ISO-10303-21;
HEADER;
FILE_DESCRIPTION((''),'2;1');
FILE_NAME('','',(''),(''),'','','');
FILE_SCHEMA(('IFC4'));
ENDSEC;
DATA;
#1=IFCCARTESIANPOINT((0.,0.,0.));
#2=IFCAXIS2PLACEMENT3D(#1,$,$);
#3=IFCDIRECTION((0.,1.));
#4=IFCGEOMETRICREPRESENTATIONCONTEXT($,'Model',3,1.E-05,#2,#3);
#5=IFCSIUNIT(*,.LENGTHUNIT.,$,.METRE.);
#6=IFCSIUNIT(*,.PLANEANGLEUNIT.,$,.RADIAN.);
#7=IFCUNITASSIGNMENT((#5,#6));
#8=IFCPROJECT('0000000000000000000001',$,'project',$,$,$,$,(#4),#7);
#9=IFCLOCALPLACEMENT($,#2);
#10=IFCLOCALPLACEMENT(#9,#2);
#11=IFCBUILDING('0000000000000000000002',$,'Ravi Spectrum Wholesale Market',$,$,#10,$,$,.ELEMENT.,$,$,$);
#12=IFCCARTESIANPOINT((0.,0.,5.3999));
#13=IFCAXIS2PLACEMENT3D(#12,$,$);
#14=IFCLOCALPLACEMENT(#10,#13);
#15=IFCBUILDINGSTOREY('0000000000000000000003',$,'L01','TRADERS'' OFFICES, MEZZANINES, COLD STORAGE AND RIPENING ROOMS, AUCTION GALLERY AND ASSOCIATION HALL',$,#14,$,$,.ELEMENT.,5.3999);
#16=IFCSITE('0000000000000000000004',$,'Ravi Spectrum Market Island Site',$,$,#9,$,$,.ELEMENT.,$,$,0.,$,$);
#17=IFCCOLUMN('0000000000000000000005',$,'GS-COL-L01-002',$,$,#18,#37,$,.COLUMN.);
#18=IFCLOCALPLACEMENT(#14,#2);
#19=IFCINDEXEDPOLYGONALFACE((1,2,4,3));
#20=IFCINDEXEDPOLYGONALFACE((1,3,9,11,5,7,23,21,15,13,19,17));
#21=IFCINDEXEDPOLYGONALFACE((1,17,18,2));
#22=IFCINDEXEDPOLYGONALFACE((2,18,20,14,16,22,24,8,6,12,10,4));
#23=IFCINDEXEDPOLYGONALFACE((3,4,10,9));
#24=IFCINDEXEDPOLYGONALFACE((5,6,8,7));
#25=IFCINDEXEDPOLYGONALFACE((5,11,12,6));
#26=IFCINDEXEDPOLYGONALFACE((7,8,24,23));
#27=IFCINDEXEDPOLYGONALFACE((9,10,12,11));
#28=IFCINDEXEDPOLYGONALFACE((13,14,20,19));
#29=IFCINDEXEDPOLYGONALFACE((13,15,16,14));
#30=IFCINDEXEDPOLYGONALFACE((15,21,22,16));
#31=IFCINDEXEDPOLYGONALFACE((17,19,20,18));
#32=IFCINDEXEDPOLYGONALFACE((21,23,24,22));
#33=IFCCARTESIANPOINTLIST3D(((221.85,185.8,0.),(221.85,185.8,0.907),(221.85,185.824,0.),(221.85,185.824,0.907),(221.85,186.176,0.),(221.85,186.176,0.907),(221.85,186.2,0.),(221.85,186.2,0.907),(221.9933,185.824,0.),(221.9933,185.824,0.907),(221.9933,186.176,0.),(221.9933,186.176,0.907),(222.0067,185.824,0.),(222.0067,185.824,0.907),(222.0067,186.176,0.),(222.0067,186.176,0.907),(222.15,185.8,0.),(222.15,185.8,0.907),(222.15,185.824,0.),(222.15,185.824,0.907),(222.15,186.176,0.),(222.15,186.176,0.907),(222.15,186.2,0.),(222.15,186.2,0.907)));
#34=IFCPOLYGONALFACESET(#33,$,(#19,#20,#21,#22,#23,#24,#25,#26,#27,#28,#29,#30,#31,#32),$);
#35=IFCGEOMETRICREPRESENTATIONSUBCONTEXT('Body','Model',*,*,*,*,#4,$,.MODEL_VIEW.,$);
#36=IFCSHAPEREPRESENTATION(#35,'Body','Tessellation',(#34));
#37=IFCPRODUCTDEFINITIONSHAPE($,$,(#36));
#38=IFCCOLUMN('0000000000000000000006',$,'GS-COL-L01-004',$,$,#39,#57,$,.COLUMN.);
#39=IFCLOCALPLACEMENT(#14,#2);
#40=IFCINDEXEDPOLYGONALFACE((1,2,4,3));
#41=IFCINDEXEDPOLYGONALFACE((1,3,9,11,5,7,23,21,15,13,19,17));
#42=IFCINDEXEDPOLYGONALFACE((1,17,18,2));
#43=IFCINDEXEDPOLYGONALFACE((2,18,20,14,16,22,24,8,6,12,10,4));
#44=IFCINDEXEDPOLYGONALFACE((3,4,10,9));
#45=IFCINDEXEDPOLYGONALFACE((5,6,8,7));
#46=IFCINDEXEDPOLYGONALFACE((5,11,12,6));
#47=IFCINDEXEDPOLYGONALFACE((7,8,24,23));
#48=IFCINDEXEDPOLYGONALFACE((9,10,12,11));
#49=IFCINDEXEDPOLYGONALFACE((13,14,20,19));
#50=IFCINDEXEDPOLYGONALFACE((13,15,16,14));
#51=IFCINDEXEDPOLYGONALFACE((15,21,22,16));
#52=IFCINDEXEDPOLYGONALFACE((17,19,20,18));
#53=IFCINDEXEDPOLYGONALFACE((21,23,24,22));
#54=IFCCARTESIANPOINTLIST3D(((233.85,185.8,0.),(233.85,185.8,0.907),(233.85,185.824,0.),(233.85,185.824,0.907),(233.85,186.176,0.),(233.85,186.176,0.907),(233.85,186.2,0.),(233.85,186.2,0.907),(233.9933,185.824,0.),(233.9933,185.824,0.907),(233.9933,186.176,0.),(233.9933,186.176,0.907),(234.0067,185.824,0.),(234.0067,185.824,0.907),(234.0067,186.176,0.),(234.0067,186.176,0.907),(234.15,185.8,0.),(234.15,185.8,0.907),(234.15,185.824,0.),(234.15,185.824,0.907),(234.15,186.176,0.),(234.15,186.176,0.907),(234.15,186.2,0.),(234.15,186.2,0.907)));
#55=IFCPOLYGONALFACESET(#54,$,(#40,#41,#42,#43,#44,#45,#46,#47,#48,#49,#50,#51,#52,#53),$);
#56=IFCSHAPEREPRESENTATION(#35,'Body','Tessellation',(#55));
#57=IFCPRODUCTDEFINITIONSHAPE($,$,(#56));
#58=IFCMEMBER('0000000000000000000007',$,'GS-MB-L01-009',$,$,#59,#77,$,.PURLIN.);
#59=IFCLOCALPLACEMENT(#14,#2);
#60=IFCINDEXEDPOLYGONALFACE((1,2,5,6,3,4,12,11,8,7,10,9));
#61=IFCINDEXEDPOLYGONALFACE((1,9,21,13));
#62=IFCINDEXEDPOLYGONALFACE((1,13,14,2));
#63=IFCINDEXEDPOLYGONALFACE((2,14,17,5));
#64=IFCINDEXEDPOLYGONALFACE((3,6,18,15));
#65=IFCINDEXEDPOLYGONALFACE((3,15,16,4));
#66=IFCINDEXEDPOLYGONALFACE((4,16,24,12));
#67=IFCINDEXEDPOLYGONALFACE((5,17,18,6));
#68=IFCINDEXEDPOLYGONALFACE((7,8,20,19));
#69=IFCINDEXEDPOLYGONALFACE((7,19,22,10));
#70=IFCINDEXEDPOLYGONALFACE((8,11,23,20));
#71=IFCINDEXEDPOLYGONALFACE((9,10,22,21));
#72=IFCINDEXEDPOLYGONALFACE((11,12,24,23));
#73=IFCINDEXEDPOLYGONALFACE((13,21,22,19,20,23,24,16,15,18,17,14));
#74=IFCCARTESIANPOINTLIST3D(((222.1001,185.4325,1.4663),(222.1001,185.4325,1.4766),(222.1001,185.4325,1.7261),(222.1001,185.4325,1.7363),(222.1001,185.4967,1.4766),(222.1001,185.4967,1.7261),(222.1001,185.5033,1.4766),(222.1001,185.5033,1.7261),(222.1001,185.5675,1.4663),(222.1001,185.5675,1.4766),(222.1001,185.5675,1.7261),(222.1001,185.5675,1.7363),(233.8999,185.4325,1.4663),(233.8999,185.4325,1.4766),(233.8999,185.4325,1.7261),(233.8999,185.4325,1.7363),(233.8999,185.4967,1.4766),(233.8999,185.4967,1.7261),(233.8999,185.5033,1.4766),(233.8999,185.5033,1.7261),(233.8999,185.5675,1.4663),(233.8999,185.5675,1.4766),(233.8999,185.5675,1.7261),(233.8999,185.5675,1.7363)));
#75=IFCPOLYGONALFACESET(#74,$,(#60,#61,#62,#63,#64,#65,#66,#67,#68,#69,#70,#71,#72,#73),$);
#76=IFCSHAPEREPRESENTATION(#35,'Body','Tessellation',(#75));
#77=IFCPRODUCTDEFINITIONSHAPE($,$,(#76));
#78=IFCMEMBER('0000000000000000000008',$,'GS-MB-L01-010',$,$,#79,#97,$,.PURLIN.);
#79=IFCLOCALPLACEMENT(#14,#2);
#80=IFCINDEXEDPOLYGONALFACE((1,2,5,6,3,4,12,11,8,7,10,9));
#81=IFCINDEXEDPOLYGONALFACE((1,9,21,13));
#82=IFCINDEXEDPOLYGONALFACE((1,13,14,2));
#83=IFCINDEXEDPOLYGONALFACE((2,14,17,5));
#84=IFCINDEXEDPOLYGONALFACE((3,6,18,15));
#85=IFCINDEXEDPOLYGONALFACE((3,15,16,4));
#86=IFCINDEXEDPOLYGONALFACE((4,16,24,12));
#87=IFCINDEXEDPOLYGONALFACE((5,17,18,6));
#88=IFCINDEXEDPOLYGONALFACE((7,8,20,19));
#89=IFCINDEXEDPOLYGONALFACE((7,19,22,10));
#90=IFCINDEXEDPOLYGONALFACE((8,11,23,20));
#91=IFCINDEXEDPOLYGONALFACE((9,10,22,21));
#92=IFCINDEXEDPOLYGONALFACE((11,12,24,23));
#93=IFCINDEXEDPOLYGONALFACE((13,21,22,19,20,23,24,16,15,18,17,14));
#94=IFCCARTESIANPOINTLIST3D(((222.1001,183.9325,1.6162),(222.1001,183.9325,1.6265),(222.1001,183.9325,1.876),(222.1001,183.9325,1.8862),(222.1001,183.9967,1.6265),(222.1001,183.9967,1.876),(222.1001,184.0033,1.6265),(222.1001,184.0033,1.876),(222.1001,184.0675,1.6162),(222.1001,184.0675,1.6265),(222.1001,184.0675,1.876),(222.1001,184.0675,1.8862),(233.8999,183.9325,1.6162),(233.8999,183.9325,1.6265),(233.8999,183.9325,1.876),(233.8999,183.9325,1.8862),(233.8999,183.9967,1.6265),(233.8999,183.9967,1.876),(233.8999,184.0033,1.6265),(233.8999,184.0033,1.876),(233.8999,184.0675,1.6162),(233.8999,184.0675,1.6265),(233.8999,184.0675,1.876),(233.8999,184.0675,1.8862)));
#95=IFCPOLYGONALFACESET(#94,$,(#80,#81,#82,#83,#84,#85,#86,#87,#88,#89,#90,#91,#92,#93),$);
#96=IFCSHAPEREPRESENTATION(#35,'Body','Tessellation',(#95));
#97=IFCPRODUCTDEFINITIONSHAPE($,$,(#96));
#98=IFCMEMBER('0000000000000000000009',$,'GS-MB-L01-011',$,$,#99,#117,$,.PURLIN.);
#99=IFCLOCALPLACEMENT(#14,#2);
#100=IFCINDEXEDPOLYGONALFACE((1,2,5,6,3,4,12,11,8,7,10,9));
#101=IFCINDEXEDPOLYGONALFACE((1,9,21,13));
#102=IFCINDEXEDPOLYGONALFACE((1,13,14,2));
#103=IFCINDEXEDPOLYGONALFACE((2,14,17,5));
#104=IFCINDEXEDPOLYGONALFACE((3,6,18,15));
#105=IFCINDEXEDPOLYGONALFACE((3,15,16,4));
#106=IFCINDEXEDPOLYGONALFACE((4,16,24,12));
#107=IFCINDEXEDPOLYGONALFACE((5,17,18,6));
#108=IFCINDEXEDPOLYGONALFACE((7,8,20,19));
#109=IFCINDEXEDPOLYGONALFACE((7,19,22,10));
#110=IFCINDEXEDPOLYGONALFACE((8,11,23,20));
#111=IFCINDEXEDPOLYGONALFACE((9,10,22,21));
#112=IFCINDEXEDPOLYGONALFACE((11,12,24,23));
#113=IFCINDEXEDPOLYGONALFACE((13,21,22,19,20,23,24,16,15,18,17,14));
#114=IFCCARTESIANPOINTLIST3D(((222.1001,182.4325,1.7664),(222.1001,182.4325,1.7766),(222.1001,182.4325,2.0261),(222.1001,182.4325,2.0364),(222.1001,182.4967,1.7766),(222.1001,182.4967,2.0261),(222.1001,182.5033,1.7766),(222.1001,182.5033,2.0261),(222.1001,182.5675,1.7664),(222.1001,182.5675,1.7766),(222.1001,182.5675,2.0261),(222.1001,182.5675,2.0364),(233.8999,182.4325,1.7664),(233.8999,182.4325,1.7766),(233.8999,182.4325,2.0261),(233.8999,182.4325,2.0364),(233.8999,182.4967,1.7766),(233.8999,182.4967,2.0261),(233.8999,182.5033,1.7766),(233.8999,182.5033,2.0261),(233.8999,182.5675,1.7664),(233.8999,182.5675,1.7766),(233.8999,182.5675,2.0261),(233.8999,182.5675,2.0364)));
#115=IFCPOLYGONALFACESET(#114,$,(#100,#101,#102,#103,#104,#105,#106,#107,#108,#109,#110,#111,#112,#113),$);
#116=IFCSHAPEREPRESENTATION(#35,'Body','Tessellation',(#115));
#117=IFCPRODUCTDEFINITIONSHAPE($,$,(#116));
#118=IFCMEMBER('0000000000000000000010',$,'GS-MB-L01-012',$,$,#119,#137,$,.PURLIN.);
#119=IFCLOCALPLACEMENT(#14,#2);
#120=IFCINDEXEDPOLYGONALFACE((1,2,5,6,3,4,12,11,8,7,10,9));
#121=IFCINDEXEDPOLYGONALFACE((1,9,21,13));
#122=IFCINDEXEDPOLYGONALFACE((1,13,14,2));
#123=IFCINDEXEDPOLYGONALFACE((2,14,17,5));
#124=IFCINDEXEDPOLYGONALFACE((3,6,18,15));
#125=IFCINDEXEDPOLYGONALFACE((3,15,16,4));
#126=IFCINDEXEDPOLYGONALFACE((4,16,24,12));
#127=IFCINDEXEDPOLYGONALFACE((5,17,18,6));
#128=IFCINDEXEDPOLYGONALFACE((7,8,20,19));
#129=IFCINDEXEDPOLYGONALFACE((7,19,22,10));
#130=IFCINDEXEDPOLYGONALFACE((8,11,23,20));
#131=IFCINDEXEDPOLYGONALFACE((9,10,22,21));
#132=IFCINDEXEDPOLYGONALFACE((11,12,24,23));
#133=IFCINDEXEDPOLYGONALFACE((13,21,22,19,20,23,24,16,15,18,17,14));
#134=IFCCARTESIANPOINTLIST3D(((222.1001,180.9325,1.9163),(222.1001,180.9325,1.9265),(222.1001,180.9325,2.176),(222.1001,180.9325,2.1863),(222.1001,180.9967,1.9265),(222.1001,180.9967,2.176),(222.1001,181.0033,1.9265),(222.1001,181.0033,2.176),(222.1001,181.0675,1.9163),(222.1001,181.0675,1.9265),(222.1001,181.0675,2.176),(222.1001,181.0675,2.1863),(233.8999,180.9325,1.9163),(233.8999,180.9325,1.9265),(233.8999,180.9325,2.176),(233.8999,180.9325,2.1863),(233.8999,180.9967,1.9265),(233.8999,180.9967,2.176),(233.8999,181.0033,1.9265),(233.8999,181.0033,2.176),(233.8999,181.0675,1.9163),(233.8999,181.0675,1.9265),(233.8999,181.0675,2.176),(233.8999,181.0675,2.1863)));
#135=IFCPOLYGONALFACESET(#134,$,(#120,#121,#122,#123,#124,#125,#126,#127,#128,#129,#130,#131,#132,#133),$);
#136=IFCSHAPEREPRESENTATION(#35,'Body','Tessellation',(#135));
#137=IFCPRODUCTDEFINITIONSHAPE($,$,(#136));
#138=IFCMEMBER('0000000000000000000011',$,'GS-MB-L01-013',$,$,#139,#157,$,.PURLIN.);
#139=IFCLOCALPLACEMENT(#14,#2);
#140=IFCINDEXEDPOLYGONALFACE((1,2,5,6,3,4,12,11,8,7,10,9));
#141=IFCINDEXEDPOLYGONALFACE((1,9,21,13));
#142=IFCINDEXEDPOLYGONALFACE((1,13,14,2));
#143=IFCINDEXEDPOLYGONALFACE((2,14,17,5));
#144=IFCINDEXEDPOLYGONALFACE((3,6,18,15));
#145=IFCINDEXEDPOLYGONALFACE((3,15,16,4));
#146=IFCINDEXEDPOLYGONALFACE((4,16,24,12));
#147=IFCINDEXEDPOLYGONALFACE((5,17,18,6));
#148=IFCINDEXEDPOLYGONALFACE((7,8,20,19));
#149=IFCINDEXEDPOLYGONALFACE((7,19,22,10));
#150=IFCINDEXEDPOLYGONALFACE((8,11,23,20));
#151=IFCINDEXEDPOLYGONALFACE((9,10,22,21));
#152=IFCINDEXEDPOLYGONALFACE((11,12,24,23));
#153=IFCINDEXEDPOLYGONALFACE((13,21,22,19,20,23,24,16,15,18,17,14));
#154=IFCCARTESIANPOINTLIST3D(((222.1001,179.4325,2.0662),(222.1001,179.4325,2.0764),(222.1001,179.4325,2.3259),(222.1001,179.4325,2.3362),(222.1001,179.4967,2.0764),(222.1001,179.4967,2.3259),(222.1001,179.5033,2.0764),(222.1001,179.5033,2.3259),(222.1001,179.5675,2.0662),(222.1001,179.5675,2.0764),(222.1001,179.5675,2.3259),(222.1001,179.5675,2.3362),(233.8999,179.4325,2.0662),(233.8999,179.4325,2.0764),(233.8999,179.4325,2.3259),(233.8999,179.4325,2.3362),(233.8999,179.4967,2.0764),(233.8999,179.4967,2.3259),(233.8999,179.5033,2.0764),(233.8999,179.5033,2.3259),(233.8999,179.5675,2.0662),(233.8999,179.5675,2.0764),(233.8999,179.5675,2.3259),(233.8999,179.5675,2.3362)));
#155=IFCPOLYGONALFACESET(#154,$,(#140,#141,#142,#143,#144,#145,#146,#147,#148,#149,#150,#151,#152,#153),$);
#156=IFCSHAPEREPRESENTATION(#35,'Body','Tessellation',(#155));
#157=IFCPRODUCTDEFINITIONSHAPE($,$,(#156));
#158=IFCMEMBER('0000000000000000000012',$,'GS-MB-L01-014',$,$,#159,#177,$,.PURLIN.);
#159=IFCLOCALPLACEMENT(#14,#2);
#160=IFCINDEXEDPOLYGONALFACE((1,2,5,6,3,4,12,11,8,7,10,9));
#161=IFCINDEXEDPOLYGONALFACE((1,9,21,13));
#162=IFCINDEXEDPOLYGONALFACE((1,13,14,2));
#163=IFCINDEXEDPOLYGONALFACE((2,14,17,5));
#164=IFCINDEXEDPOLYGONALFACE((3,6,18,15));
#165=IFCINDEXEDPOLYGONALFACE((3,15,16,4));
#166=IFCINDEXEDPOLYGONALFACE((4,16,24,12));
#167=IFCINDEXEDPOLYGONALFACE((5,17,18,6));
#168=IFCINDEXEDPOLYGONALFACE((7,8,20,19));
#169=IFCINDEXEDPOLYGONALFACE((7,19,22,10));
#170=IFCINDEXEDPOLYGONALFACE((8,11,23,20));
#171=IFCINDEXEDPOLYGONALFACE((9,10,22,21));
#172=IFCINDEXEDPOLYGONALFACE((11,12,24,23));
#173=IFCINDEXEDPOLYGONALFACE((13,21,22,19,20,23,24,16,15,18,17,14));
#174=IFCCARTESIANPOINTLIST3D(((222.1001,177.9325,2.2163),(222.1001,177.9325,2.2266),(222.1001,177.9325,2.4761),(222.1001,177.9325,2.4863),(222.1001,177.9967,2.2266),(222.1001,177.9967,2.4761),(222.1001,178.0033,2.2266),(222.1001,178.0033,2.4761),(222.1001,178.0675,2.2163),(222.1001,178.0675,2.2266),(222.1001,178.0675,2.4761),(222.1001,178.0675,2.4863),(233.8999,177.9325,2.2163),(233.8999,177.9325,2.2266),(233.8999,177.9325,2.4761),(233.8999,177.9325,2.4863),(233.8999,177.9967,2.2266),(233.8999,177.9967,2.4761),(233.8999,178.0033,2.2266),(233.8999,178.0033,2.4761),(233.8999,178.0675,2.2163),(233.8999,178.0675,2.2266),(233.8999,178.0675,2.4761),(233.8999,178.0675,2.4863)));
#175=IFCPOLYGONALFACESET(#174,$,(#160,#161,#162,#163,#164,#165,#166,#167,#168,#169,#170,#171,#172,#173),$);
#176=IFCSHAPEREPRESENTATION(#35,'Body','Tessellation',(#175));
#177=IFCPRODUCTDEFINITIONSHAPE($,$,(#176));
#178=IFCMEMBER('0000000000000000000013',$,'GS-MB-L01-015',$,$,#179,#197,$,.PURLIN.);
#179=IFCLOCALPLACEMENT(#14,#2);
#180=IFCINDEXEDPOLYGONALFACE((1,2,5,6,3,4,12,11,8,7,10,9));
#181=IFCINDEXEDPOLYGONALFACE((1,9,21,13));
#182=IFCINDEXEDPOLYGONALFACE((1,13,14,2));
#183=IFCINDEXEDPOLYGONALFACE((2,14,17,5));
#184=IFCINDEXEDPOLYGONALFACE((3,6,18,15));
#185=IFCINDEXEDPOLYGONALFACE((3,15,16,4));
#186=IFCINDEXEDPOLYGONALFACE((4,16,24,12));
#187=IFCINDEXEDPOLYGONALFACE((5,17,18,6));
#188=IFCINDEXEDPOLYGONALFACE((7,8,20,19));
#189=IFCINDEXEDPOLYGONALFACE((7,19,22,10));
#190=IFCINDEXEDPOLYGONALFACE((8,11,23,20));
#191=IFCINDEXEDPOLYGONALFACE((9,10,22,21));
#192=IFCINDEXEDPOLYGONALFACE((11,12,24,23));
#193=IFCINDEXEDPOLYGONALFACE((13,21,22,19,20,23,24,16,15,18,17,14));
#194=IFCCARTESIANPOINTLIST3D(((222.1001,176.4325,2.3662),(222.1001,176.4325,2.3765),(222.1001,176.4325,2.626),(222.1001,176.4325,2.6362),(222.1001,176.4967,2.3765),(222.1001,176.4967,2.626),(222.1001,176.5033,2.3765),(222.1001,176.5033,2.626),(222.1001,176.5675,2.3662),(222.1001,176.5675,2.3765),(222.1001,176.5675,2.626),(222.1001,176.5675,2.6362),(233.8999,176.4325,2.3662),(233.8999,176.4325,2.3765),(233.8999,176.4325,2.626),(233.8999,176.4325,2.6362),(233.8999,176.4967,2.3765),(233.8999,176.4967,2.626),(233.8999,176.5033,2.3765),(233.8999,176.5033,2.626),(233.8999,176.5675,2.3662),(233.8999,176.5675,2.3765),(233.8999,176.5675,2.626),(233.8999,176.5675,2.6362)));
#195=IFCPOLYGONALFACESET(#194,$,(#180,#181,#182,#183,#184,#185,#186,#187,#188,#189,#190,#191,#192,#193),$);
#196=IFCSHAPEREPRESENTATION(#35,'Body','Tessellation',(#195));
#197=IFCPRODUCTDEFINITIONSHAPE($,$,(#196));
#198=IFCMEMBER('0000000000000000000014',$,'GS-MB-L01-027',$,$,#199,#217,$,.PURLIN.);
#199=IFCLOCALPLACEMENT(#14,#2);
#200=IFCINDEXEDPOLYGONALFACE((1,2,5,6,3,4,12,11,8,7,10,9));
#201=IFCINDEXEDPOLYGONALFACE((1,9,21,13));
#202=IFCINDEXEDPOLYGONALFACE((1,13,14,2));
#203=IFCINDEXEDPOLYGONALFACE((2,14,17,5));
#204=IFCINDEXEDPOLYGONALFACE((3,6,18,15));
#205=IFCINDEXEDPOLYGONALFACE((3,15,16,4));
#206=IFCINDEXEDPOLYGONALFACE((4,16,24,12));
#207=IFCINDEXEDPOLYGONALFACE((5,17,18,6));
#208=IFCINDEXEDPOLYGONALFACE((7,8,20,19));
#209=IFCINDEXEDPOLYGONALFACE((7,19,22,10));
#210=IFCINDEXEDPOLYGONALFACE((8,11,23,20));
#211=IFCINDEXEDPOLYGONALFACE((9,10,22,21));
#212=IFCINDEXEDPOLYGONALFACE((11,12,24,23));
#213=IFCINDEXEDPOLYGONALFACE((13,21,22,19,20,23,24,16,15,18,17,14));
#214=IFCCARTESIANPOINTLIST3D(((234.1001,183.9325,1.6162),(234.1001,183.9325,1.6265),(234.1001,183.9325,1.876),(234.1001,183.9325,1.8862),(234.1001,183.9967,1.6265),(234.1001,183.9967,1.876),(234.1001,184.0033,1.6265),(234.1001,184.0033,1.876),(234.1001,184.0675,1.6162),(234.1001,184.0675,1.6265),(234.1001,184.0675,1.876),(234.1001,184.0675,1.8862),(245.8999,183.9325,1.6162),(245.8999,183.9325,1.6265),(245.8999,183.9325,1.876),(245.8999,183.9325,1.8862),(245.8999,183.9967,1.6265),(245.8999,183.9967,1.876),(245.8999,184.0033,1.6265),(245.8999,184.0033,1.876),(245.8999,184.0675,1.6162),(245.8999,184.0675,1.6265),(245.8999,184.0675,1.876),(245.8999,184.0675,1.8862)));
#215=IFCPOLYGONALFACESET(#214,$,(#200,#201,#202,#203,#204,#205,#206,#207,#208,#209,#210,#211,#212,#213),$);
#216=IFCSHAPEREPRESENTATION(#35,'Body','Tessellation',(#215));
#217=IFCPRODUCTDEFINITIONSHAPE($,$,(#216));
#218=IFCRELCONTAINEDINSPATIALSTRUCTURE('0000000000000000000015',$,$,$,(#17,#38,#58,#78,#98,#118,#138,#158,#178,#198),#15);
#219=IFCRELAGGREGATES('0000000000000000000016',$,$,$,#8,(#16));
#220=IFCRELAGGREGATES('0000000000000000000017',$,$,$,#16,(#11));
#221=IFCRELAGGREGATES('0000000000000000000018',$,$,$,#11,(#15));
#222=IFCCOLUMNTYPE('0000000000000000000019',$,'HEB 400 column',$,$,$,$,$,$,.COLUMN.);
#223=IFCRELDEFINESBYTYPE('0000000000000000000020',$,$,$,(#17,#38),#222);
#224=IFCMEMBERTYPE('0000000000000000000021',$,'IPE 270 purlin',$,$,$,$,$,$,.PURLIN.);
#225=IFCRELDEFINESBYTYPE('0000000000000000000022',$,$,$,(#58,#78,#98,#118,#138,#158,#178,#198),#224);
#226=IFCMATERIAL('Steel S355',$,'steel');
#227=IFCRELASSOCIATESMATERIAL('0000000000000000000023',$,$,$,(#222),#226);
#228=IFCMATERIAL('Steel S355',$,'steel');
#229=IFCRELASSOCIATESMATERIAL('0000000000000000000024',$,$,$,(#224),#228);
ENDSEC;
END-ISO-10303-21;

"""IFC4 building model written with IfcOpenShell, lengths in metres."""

from ifc_helpers import new_model, si_unit, direction, frame, origin, origin_2d, place, context, subcontext, project, spatial, i_section, extrude, material, material_profile, profile_set, type_object, element, save


model = new_model("IFC4")

# Units and contexts
model_context = context("Model", 3, precision=1e-05, world=origin(), true_north=direction((0.0, 1.0)))
body_context = subcontext(model_context, "Body", "Model", "MODEL_VIEW")
ifc_project = project(units=[si_unit("LENGTHUNIT", "METRE"), si_unit("PLANEANGLEUNIT", "RADIAN")], contexts=[model_context])

# Site, building, storey
site_placement = place(None, origin())
site = spatial("IfcSite", under=ifc_project, at=site_placement, Name="Ravi Spectrum Market Island Site", CompositionType="ELEMENT", RefElevation=0.0)
building_placement = place(site_placement, origin())
building = spatial("IfcBuilding", under=site, at=building_placement, Name="Ravi Spectrum Wholesale Market", CompositionType="ELEMENT")
storey_placement = place(building_placement, frame((0.0, 0.0, 5.3999)))
storey = spatial("IfcBuildingStorey", under=building, at=storey_placement, Name="L01", Description="TRADERS' OFFICES, MEZZANINES, COLD STORAGE AND RIPENING ROOMS, AUCTION GALLERY AND ASSOCIATION HALL", CompositionType="ELEMENT", Elevation=5.3999)

# Columns
ifc_material_1 = material(Name="Steel S355", Category="steel")
ifc_material_profile_1 = material_profile(ifc_material_1, i_section(OverallWidth=0.3, OverallDepth=0.3999, WebThickness=0.0134, FlangeThickness=0.0239, at=origin_2d()))
ifc_profile_set_1 = profile_set([ifc_material_profile_1], Name="Steel S355")
column_type = type_object("IfcColumnType", Name="HEB 400 column", PredefinedType="COLUMN", material=ifc_profile_set_1)
for number, where, z_axis, x_axis, name in (
    (1, (222.0, 186.0, 0.0), (0.0, 0.0, 1.0), (1.0, 0.0, 0.0), "GS-COL-L01-002"),
    (2, (234.0, 186.0, 0.0), (0.0, 0.0, 1.0), (1.0, 0.0, 0.0), "GS-COL-L01-004"),
):
    element("IfcColumn", number, at=place(storey_placement, frame(where, z_axis=z_axis, x_axis=x_axis)), inside=storey, type_object=column_type, Name=name, PredefinedType="COLUMN", context=body_context, shape_type="SweptSolid", body=[
        extrude(i_section(OverallWidth=0.3, OverallDepth=0.3999, WebThickness=0.0134, FlangeThickness=0.0239, at=origin_2d()), origin(), (0.0, 0.0, 1.0), 0.907),
    ])

# Members
ifc_material_2 = material(Name="Steel S355", Category="steel")
ifc_material_profile_2 = material_profile(ifc_material_2, i_section(OverallWidth=0.135, OverallDepth=0.27, WebThickness=0.0066, FlangeThickness=0.0103, at=origin_2d()))
ifc_profile_set_2 = profile_set([ifc_material_profile_2], Name="Steel S355")
member_type = type_object("IfcMemberType", Name="IPE 270 purlin", PredefinedType="PURLIN", material=ifc_profile_set_2)
for number, where, z_axis, x_axis, name in (
    (3, (222.1001, 185.5, 1.6013), (1.0, 0.0, 0.0), (0.0, 1.0, 0.0), "GS-MB-L01-009"),
    (4, (222.1001, 184.0, 1.7512), (1.0, 0.0, 0.0), (0.0, 1.0, 0.0), "GS-MB-L01-010"),
    (5, (222.1001, 182.5, 1.9014), (1.0, 0.0, 0.0), (0.0, 1.0, 0.0), "GS-MB-L01-011"),
    (6, (222.1001, 181.0, 2.0513), (1.0, 0.0, 0.0), (0.0, 1.0, 0.0), "GS-MB-L01-012"),
    (7, (222.1001, 179.5, 2.2012), (1.0, 0.0, 0.0), (0.0, 1.0, 0.0), "GS-MB-L01-013"),
    (8, (222.1001, 178.0, 2.3513), (1.0, 0.0, 0.0), (0.0, 1.0, 0.0), "GS-MB-L01-014"),
    (9, (222.1001, 176.5, 2.5012), (1.0, 0.0, 0.0), (0.0, 1.0, 0.0), "GS-MB-L01-015"),
    (10, (234.1001, 184.0, 1.7512), (1.0, 0.0, 0.0), (0.0, 1.0, 0.0), "GS-MB-L01-027"),
):
    element("IfcMember", number, at=place(storey_placement, frame(where, z_axis=z_axis, x_axis=x_axis)), inside=storey, type_object=member_type, Name=name, PredefinedType="PURLIN", context=body_context, shape_type="SweptSolid", body=[
        extrude(i_section(OverallWidth=0.135, OverallDepth=0.27, WebThickness=0.0066, FlangeThickness=0.0103, at=origin_2d()), origin(), (0.0, 0.0, 1.0), 11.7998),
    ])

save(model, "model.ifc")
